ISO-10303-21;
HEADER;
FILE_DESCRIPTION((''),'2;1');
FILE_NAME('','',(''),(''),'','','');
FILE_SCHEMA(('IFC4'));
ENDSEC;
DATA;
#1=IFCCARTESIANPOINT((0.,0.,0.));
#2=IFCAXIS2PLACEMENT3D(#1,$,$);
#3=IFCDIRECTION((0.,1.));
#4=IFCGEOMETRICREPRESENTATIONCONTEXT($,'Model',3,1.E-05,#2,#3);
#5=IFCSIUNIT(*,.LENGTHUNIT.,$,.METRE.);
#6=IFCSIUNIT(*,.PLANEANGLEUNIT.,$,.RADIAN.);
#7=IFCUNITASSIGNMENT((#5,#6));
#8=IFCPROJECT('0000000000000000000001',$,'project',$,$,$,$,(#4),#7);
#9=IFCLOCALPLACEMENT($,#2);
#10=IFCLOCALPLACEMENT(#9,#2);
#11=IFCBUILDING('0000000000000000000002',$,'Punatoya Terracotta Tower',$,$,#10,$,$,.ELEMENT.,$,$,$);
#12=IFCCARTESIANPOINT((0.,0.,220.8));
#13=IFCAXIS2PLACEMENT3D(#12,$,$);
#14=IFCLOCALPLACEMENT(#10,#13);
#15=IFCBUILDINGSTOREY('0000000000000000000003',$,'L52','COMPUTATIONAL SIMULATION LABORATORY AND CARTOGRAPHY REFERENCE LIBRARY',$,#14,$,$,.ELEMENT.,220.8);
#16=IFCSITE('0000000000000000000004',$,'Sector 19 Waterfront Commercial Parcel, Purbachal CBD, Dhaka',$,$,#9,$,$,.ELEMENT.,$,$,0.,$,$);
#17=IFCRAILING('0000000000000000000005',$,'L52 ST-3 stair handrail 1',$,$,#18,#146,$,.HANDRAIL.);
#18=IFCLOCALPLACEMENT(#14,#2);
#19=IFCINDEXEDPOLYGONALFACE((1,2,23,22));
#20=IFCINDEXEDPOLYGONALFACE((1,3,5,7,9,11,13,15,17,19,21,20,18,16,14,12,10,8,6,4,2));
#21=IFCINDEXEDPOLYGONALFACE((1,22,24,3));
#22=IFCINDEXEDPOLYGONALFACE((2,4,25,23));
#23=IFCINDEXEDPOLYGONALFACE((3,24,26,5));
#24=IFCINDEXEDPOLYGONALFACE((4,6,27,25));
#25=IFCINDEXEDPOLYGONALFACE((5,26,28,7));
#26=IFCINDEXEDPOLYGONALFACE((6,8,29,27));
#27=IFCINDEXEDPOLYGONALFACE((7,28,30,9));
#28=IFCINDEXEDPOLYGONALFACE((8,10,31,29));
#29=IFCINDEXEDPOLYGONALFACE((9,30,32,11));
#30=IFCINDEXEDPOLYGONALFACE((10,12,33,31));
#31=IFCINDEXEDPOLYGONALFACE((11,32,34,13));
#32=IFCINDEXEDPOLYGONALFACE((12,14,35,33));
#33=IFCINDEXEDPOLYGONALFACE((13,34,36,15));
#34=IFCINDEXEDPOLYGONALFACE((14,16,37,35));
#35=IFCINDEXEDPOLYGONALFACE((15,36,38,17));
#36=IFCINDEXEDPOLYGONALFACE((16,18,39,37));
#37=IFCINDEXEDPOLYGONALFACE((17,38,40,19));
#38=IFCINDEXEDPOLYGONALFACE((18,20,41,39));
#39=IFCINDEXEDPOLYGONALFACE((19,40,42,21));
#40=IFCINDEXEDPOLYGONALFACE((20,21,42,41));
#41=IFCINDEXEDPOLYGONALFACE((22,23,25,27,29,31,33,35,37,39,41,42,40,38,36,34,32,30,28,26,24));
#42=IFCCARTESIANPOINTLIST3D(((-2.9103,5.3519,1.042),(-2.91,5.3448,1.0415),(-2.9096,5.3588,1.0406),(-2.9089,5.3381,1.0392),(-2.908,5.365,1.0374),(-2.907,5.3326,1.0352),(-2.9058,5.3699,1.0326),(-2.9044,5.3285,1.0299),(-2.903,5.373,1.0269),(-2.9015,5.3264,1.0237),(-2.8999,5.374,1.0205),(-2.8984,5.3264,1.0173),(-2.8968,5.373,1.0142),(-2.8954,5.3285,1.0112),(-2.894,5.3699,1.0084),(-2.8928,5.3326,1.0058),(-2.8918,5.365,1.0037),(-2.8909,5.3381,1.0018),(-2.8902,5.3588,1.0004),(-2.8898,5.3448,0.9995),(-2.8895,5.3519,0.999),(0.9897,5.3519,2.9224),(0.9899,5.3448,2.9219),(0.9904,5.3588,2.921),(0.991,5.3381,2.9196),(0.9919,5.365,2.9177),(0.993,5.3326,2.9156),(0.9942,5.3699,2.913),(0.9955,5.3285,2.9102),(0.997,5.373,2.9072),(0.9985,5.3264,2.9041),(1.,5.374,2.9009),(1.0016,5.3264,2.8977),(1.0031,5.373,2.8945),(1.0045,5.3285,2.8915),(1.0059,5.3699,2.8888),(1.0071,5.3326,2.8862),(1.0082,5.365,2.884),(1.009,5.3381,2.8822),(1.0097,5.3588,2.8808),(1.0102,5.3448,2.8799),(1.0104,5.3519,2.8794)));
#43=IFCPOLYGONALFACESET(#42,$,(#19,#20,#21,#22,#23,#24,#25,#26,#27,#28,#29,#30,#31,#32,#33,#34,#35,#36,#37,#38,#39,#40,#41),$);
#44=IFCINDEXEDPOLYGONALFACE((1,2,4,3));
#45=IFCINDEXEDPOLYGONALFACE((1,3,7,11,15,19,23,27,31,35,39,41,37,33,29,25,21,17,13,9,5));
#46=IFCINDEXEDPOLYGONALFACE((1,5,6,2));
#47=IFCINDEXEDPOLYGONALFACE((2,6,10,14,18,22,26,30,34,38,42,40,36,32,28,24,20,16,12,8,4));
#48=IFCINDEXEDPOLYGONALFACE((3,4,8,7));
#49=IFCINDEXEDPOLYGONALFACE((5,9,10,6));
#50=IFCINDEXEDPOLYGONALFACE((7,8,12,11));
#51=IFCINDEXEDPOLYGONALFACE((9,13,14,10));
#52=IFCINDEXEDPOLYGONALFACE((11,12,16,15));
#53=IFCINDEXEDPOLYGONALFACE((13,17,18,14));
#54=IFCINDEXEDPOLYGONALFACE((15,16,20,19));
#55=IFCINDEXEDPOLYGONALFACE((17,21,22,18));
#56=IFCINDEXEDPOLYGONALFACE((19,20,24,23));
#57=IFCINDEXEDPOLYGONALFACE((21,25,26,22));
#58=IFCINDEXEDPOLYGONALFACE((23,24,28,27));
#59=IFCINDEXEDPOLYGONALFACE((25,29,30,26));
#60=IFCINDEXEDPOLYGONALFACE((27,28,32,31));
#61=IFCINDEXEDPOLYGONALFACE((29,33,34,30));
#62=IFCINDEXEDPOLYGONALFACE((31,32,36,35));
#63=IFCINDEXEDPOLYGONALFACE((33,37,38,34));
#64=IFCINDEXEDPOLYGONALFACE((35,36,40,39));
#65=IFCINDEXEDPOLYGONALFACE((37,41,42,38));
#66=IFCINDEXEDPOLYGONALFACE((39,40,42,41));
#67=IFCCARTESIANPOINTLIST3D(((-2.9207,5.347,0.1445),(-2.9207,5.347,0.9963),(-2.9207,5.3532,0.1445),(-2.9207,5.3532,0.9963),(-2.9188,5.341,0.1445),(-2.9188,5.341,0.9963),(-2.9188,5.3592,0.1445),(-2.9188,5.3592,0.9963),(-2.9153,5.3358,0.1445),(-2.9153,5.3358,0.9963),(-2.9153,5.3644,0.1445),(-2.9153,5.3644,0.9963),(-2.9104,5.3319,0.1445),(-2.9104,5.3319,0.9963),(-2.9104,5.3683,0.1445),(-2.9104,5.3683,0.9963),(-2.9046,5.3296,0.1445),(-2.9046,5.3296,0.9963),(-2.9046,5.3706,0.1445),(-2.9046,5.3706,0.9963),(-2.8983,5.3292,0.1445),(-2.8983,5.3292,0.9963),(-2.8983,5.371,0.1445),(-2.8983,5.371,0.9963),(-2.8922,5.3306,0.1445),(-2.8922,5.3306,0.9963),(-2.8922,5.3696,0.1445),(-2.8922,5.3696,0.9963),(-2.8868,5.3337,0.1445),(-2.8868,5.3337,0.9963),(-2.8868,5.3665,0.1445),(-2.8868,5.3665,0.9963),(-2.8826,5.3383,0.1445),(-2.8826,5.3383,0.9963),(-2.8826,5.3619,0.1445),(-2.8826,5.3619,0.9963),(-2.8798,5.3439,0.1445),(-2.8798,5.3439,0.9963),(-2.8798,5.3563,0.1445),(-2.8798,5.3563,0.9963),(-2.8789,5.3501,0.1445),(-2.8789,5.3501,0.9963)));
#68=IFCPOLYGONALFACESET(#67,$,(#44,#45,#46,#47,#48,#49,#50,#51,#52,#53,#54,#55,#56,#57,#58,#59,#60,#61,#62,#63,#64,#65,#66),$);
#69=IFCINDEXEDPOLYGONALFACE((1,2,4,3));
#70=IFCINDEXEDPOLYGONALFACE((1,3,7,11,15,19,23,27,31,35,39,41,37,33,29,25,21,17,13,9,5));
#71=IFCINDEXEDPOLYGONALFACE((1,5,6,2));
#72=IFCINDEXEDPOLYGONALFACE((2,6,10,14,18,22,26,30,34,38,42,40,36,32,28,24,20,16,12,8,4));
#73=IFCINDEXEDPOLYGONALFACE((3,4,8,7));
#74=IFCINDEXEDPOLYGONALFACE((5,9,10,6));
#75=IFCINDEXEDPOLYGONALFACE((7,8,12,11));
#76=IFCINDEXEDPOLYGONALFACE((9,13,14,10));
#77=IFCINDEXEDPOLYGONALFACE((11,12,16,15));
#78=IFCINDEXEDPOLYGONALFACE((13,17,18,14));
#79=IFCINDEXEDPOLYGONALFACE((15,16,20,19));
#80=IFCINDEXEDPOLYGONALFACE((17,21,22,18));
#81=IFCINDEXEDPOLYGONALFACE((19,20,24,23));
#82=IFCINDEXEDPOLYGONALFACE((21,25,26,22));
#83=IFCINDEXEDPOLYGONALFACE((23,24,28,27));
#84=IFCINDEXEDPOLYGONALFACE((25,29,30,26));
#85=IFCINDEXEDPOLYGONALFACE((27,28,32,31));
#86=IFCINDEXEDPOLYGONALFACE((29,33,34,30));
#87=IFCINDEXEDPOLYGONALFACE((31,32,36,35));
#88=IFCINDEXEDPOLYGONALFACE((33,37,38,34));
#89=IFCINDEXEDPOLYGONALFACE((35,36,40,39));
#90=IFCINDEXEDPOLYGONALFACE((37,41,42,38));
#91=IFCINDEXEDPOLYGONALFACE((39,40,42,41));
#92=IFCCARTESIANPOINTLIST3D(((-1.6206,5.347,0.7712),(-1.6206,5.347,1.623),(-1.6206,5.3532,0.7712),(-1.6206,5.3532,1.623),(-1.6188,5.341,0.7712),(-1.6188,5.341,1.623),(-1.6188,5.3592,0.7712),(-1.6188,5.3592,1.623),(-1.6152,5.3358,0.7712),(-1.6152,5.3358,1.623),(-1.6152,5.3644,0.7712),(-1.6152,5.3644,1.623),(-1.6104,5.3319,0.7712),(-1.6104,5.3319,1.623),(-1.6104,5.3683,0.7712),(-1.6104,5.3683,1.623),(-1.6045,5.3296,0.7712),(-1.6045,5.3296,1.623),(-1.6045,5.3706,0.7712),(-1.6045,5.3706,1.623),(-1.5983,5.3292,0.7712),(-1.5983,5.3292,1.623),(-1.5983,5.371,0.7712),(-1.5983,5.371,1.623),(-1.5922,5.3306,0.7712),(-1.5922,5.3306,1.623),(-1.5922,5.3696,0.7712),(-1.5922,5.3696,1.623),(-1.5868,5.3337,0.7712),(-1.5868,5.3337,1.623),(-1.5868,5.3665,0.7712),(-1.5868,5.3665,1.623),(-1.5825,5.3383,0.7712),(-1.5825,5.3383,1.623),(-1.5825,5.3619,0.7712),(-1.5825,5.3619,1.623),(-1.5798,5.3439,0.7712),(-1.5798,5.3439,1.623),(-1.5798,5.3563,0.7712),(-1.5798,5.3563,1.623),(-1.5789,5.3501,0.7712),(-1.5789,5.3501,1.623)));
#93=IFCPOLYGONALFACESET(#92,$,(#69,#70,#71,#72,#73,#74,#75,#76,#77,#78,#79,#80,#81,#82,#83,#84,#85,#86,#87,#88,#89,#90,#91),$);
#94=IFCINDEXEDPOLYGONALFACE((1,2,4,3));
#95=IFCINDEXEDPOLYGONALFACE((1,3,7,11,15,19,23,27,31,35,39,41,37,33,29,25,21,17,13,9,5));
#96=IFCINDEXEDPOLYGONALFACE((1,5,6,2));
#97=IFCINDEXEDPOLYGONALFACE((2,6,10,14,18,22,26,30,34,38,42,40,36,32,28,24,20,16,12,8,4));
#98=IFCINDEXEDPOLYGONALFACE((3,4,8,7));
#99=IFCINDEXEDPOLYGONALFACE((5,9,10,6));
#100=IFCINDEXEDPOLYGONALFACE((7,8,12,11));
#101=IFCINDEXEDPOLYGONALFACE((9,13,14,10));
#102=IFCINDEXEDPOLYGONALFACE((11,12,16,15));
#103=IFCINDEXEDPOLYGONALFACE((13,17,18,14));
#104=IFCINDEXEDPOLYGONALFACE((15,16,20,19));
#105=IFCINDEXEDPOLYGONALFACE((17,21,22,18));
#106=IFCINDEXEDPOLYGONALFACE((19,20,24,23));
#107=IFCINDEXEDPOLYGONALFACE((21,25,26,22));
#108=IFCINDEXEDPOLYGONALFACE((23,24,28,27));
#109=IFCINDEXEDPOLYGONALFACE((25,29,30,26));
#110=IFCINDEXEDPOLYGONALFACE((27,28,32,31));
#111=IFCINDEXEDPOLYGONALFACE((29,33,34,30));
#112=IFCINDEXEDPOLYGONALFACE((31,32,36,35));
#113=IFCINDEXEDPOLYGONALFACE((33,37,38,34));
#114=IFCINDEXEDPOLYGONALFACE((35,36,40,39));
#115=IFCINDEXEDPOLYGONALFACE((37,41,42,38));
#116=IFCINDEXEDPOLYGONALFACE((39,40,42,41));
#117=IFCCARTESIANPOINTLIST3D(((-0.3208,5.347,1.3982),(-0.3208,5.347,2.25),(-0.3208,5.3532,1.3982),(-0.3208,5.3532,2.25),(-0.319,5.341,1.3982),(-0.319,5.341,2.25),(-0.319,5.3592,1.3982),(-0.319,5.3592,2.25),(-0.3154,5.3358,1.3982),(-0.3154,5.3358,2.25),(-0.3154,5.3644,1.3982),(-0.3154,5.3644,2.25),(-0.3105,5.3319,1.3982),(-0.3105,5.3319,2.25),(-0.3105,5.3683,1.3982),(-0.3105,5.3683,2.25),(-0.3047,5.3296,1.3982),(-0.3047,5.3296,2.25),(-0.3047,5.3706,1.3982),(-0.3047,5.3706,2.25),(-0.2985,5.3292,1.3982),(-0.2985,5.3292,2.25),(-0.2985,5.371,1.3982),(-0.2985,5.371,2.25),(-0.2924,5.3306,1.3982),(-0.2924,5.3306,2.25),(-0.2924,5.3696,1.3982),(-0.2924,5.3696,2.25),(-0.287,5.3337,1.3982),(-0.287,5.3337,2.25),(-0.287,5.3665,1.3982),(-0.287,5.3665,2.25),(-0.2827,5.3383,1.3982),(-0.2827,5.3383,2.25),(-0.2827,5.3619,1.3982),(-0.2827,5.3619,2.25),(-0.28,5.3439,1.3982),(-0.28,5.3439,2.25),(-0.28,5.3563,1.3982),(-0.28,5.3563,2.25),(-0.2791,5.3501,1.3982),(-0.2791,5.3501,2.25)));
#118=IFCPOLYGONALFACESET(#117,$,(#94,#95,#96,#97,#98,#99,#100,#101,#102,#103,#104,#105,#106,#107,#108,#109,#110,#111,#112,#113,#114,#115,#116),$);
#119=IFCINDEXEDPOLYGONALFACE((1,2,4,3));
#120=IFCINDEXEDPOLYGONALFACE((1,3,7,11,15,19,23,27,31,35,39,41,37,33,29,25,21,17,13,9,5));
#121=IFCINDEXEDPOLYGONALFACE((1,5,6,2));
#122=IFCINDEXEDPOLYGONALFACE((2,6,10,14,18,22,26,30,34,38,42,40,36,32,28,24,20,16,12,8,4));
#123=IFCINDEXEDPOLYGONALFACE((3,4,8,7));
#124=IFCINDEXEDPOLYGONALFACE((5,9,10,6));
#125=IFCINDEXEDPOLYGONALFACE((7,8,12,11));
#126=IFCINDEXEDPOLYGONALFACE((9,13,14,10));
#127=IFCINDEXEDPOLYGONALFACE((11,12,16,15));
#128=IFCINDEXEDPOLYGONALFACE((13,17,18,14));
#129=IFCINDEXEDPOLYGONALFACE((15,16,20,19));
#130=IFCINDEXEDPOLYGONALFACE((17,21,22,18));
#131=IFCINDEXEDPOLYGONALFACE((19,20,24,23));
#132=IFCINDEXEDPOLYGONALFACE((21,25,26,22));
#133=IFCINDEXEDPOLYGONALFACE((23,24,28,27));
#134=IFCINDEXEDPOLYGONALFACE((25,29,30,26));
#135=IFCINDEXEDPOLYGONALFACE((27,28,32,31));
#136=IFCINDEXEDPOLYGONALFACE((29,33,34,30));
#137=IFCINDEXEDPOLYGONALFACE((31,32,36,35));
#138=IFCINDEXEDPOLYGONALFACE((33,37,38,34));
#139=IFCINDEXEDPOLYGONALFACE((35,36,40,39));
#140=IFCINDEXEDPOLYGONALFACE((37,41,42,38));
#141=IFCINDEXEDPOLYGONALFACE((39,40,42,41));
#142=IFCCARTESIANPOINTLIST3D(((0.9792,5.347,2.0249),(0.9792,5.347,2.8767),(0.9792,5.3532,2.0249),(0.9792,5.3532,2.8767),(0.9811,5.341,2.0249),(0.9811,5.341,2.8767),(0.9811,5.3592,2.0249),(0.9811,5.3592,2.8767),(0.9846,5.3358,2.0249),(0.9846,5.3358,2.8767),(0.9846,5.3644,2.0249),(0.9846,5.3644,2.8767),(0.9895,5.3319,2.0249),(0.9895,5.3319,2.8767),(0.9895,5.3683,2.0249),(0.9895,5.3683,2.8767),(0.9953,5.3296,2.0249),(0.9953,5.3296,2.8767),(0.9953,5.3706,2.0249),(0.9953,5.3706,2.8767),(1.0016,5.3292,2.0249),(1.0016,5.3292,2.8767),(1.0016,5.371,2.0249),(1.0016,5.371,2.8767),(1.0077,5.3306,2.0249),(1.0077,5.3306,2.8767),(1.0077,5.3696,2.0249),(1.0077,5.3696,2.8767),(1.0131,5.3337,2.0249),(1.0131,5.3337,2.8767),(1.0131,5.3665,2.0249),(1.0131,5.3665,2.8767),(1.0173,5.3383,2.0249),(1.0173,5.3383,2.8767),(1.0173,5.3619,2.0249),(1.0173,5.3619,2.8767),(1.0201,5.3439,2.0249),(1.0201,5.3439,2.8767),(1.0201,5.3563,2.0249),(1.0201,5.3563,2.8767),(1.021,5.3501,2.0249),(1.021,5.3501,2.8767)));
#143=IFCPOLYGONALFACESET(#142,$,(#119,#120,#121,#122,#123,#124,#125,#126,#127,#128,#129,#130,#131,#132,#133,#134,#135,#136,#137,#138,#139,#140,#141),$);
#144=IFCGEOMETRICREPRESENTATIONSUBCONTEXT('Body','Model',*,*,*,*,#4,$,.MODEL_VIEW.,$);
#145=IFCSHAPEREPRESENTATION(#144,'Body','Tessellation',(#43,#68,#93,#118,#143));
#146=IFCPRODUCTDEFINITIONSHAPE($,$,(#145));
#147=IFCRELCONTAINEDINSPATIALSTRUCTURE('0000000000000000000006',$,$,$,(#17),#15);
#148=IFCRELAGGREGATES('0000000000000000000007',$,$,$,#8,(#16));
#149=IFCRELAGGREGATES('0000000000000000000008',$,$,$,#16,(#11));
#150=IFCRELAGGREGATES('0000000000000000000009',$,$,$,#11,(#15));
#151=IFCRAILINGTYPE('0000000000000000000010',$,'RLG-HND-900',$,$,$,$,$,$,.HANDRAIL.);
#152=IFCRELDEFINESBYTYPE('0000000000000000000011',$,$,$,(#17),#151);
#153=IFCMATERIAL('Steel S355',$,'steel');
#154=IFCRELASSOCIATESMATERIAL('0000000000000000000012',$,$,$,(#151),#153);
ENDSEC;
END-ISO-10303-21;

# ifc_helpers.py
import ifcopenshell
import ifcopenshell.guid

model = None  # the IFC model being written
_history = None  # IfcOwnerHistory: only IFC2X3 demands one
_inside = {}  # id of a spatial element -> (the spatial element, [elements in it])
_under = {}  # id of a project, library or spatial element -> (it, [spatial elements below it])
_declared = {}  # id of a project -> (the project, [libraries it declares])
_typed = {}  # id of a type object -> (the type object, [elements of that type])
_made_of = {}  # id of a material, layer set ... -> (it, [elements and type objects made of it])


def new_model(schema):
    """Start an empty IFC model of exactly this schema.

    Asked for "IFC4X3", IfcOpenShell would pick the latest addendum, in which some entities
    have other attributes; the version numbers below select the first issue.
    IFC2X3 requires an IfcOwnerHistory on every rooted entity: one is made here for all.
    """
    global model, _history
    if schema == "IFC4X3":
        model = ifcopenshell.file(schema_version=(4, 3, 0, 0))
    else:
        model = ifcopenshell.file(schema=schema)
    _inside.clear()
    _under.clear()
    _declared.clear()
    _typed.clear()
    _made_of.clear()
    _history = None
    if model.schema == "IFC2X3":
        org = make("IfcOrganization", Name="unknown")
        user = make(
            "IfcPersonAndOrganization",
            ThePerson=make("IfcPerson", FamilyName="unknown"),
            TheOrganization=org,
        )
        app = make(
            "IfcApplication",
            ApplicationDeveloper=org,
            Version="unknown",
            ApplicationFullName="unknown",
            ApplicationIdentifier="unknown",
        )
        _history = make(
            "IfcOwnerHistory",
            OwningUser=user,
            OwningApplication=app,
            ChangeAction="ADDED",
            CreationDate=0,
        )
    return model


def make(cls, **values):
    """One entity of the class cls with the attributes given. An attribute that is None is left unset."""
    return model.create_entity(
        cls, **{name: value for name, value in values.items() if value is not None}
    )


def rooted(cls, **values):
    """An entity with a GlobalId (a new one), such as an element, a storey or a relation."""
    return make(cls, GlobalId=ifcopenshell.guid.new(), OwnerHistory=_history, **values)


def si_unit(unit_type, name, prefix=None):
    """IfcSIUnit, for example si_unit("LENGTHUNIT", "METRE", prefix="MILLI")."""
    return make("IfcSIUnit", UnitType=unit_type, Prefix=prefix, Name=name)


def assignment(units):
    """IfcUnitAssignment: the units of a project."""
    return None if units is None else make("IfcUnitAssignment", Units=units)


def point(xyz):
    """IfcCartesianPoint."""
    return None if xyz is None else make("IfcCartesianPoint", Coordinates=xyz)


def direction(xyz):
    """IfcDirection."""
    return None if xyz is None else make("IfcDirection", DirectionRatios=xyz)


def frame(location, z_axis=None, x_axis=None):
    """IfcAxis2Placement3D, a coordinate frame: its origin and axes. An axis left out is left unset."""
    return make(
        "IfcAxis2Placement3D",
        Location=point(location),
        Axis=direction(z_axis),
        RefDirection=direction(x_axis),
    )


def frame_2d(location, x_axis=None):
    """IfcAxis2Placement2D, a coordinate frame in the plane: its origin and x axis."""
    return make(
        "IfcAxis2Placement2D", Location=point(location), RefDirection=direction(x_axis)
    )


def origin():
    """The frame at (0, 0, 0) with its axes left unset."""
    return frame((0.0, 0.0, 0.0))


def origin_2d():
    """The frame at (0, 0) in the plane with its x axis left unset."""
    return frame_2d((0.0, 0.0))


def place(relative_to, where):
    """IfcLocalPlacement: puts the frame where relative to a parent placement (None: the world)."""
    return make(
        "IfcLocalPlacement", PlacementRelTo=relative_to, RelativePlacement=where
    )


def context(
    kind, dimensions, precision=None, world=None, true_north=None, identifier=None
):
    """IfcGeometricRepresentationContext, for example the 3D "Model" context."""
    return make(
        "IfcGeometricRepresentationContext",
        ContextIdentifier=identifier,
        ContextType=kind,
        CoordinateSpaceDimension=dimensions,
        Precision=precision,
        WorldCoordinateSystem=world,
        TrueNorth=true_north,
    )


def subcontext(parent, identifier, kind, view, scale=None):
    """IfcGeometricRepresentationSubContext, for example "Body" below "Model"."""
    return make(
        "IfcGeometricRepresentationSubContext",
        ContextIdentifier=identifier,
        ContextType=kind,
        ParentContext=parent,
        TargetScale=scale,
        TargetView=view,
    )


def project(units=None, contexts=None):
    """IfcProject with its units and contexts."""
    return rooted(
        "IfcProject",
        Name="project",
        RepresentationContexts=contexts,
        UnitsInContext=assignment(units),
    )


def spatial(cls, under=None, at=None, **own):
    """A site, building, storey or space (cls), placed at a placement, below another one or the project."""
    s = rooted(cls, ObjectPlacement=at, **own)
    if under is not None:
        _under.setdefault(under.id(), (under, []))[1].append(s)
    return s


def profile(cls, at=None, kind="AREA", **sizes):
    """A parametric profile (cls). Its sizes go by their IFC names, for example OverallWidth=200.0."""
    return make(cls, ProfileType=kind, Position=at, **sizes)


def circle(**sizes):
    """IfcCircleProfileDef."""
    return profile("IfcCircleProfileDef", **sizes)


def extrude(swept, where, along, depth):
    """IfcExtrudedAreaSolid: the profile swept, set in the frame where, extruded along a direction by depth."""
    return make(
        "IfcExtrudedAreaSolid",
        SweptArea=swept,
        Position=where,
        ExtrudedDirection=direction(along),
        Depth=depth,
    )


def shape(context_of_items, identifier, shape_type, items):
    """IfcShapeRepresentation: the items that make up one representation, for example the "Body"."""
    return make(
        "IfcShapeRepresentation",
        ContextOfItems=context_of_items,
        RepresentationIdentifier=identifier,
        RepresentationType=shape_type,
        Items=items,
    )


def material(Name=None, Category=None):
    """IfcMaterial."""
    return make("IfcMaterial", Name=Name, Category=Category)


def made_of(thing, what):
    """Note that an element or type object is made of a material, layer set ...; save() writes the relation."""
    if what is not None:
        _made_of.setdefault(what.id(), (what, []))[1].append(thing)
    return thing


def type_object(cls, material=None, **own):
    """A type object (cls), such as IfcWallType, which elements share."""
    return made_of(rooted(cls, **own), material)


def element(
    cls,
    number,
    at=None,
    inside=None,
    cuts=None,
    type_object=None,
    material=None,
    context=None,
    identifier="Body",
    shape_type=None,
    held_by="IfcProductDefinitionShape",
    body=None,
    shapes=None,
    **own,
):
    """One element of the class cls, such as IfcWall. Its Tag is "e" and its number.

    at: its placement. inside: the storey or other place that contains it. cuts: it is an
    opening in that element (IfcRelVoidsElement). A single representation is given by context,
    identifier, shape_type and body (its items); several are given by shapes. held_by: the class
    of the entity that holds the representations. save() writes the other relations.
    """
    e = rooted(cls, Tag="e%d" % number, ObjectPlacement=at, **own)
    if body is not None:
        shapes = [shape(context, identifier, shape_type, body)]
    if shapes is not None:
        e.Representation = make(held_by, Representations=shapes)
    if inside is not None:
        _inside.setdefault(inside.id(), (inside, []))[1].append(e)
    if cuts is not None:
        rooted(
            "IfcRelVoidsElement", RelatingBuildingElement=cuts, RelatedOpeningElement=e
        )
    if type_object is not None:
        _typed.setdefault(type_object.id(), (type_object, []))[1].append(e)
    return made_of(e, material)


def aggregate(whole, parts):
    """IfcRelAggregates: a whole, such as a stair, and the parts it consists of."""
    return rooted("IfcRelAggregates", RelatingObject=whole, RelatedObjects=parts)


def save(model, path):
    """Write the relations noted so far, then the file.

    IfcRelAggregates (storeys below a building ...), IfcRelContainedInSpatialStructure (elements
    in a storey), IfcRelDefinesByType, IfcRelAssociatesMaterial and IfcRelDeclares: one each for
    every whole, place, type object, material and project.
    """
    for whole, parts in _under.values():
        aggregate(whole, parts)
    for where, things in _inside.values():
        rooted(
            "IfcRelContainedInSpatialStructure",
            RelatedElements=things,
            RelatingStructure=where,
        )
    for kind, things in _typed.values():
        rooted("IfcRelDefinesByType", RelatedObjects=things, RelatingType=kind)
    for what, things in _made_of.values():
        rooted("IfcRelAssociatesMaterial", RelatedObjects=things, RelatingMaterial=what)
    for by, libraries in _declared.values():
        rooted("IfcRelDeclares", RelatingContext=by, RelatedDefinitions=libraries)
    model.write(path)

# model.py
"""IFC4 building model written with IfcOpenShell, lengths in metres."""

from ifc_helpers import new_model, si_unit, direction, frame, origin, origin_2d, place, context, subcontext, project, spatial, circle, extrude, material, type_object, element, save


model = new_model("IFC4")

# Units and contexts
model_context = context("Model", 3, precision=1e-05, world=origin(), true_north=direction((0.0, 1.0)))
body_context = subcontext(model_context, "Body", "Model", "MODEL_VIEW")
ifc_project = project(units=[si_unit("LENGTHUNIT", "METRE"), si_unit("PLANEANGLEUNIT", "RADIAN")], contexts=[model_context])

# Site, building, storey
site_placement = place(None, origin())
site = spatial("IfcSite", under=ifc_project, at=site_placement, Name="Sector 19 Waterfront Commercial Parcel, Purbachal CBD, Dhaka", CompositionType="ELEMENT", RefElevation=0.0)
building_placement = place(site_placement, origin())
building = spatial("IfcBuilding", under=site, at=building_placement, Name="Punatoya Terracotta Tower", CompositionType="ELEMENT")
storey_placement = place(building_placement, frame((0.0, 0.0, 220.8)))
storey = spatial("IfcBuildingStorey", under=building, at=storey_placement, Name="L52", Description="COMPUTATIONAL SIMULATION LABORATORY AND CARTOGRAPHY REFERENCE LIBRARY", CompositionType="ELEMENT", Elevation=220.8)

# Railing
ifc_material_1 = material(Name="Steel S355", Category="steel")
railing_type_1 = type_object("IfcRailingType", Name="RLG-HND-900", PredefinedType="HANDRAIL", material=ifc_material_1)
railing_1_placement = place(storey_placement, frame((-2.8999, 5.3501, 0.1445)))
element("IfcRailing", 1, at=railing_1_placement, inside=storey, type_object=railing_type_1, Name="L52 ST-3 stair handrail 1", PredefinedType="HANDRAIL", context=body_context, shape_type="SweptSolid", body=[
    extrude(circle(Radius=0.0239, at=origin_2d()), frame((0.0, 0.0, 0.876), z_axis=(0.900763, 0.0, 0.434311), x_axis=(0.0, 1.0, 0.0)), (0.0, 0.0, 1.0), 4.3296),
    extrude(circle(Radius=0.021, at=origin_2d()), origin(), (0.0, 0.0, 1.0), 0.8518),
    extrude(circle(Radius=0.021, at=origin_2d()), frame((1.3, 0.0, 0.6267)), (0.0, 0.0, 1.0), 0.8518),
    extrude(circle(Radius=0.021, at=origin_2d()), frame((2.5999, 0.0, 1.2537)), (0.0, 0.0, 1.0), 0.8518),
    extrude(circle(Radius=0.021, at=origin_2d()), frame((3.8999, 0.0, 1.8804)), (0.0, 0.0, 1.0), 0.8518),
])

save(model, "model.ifc")
